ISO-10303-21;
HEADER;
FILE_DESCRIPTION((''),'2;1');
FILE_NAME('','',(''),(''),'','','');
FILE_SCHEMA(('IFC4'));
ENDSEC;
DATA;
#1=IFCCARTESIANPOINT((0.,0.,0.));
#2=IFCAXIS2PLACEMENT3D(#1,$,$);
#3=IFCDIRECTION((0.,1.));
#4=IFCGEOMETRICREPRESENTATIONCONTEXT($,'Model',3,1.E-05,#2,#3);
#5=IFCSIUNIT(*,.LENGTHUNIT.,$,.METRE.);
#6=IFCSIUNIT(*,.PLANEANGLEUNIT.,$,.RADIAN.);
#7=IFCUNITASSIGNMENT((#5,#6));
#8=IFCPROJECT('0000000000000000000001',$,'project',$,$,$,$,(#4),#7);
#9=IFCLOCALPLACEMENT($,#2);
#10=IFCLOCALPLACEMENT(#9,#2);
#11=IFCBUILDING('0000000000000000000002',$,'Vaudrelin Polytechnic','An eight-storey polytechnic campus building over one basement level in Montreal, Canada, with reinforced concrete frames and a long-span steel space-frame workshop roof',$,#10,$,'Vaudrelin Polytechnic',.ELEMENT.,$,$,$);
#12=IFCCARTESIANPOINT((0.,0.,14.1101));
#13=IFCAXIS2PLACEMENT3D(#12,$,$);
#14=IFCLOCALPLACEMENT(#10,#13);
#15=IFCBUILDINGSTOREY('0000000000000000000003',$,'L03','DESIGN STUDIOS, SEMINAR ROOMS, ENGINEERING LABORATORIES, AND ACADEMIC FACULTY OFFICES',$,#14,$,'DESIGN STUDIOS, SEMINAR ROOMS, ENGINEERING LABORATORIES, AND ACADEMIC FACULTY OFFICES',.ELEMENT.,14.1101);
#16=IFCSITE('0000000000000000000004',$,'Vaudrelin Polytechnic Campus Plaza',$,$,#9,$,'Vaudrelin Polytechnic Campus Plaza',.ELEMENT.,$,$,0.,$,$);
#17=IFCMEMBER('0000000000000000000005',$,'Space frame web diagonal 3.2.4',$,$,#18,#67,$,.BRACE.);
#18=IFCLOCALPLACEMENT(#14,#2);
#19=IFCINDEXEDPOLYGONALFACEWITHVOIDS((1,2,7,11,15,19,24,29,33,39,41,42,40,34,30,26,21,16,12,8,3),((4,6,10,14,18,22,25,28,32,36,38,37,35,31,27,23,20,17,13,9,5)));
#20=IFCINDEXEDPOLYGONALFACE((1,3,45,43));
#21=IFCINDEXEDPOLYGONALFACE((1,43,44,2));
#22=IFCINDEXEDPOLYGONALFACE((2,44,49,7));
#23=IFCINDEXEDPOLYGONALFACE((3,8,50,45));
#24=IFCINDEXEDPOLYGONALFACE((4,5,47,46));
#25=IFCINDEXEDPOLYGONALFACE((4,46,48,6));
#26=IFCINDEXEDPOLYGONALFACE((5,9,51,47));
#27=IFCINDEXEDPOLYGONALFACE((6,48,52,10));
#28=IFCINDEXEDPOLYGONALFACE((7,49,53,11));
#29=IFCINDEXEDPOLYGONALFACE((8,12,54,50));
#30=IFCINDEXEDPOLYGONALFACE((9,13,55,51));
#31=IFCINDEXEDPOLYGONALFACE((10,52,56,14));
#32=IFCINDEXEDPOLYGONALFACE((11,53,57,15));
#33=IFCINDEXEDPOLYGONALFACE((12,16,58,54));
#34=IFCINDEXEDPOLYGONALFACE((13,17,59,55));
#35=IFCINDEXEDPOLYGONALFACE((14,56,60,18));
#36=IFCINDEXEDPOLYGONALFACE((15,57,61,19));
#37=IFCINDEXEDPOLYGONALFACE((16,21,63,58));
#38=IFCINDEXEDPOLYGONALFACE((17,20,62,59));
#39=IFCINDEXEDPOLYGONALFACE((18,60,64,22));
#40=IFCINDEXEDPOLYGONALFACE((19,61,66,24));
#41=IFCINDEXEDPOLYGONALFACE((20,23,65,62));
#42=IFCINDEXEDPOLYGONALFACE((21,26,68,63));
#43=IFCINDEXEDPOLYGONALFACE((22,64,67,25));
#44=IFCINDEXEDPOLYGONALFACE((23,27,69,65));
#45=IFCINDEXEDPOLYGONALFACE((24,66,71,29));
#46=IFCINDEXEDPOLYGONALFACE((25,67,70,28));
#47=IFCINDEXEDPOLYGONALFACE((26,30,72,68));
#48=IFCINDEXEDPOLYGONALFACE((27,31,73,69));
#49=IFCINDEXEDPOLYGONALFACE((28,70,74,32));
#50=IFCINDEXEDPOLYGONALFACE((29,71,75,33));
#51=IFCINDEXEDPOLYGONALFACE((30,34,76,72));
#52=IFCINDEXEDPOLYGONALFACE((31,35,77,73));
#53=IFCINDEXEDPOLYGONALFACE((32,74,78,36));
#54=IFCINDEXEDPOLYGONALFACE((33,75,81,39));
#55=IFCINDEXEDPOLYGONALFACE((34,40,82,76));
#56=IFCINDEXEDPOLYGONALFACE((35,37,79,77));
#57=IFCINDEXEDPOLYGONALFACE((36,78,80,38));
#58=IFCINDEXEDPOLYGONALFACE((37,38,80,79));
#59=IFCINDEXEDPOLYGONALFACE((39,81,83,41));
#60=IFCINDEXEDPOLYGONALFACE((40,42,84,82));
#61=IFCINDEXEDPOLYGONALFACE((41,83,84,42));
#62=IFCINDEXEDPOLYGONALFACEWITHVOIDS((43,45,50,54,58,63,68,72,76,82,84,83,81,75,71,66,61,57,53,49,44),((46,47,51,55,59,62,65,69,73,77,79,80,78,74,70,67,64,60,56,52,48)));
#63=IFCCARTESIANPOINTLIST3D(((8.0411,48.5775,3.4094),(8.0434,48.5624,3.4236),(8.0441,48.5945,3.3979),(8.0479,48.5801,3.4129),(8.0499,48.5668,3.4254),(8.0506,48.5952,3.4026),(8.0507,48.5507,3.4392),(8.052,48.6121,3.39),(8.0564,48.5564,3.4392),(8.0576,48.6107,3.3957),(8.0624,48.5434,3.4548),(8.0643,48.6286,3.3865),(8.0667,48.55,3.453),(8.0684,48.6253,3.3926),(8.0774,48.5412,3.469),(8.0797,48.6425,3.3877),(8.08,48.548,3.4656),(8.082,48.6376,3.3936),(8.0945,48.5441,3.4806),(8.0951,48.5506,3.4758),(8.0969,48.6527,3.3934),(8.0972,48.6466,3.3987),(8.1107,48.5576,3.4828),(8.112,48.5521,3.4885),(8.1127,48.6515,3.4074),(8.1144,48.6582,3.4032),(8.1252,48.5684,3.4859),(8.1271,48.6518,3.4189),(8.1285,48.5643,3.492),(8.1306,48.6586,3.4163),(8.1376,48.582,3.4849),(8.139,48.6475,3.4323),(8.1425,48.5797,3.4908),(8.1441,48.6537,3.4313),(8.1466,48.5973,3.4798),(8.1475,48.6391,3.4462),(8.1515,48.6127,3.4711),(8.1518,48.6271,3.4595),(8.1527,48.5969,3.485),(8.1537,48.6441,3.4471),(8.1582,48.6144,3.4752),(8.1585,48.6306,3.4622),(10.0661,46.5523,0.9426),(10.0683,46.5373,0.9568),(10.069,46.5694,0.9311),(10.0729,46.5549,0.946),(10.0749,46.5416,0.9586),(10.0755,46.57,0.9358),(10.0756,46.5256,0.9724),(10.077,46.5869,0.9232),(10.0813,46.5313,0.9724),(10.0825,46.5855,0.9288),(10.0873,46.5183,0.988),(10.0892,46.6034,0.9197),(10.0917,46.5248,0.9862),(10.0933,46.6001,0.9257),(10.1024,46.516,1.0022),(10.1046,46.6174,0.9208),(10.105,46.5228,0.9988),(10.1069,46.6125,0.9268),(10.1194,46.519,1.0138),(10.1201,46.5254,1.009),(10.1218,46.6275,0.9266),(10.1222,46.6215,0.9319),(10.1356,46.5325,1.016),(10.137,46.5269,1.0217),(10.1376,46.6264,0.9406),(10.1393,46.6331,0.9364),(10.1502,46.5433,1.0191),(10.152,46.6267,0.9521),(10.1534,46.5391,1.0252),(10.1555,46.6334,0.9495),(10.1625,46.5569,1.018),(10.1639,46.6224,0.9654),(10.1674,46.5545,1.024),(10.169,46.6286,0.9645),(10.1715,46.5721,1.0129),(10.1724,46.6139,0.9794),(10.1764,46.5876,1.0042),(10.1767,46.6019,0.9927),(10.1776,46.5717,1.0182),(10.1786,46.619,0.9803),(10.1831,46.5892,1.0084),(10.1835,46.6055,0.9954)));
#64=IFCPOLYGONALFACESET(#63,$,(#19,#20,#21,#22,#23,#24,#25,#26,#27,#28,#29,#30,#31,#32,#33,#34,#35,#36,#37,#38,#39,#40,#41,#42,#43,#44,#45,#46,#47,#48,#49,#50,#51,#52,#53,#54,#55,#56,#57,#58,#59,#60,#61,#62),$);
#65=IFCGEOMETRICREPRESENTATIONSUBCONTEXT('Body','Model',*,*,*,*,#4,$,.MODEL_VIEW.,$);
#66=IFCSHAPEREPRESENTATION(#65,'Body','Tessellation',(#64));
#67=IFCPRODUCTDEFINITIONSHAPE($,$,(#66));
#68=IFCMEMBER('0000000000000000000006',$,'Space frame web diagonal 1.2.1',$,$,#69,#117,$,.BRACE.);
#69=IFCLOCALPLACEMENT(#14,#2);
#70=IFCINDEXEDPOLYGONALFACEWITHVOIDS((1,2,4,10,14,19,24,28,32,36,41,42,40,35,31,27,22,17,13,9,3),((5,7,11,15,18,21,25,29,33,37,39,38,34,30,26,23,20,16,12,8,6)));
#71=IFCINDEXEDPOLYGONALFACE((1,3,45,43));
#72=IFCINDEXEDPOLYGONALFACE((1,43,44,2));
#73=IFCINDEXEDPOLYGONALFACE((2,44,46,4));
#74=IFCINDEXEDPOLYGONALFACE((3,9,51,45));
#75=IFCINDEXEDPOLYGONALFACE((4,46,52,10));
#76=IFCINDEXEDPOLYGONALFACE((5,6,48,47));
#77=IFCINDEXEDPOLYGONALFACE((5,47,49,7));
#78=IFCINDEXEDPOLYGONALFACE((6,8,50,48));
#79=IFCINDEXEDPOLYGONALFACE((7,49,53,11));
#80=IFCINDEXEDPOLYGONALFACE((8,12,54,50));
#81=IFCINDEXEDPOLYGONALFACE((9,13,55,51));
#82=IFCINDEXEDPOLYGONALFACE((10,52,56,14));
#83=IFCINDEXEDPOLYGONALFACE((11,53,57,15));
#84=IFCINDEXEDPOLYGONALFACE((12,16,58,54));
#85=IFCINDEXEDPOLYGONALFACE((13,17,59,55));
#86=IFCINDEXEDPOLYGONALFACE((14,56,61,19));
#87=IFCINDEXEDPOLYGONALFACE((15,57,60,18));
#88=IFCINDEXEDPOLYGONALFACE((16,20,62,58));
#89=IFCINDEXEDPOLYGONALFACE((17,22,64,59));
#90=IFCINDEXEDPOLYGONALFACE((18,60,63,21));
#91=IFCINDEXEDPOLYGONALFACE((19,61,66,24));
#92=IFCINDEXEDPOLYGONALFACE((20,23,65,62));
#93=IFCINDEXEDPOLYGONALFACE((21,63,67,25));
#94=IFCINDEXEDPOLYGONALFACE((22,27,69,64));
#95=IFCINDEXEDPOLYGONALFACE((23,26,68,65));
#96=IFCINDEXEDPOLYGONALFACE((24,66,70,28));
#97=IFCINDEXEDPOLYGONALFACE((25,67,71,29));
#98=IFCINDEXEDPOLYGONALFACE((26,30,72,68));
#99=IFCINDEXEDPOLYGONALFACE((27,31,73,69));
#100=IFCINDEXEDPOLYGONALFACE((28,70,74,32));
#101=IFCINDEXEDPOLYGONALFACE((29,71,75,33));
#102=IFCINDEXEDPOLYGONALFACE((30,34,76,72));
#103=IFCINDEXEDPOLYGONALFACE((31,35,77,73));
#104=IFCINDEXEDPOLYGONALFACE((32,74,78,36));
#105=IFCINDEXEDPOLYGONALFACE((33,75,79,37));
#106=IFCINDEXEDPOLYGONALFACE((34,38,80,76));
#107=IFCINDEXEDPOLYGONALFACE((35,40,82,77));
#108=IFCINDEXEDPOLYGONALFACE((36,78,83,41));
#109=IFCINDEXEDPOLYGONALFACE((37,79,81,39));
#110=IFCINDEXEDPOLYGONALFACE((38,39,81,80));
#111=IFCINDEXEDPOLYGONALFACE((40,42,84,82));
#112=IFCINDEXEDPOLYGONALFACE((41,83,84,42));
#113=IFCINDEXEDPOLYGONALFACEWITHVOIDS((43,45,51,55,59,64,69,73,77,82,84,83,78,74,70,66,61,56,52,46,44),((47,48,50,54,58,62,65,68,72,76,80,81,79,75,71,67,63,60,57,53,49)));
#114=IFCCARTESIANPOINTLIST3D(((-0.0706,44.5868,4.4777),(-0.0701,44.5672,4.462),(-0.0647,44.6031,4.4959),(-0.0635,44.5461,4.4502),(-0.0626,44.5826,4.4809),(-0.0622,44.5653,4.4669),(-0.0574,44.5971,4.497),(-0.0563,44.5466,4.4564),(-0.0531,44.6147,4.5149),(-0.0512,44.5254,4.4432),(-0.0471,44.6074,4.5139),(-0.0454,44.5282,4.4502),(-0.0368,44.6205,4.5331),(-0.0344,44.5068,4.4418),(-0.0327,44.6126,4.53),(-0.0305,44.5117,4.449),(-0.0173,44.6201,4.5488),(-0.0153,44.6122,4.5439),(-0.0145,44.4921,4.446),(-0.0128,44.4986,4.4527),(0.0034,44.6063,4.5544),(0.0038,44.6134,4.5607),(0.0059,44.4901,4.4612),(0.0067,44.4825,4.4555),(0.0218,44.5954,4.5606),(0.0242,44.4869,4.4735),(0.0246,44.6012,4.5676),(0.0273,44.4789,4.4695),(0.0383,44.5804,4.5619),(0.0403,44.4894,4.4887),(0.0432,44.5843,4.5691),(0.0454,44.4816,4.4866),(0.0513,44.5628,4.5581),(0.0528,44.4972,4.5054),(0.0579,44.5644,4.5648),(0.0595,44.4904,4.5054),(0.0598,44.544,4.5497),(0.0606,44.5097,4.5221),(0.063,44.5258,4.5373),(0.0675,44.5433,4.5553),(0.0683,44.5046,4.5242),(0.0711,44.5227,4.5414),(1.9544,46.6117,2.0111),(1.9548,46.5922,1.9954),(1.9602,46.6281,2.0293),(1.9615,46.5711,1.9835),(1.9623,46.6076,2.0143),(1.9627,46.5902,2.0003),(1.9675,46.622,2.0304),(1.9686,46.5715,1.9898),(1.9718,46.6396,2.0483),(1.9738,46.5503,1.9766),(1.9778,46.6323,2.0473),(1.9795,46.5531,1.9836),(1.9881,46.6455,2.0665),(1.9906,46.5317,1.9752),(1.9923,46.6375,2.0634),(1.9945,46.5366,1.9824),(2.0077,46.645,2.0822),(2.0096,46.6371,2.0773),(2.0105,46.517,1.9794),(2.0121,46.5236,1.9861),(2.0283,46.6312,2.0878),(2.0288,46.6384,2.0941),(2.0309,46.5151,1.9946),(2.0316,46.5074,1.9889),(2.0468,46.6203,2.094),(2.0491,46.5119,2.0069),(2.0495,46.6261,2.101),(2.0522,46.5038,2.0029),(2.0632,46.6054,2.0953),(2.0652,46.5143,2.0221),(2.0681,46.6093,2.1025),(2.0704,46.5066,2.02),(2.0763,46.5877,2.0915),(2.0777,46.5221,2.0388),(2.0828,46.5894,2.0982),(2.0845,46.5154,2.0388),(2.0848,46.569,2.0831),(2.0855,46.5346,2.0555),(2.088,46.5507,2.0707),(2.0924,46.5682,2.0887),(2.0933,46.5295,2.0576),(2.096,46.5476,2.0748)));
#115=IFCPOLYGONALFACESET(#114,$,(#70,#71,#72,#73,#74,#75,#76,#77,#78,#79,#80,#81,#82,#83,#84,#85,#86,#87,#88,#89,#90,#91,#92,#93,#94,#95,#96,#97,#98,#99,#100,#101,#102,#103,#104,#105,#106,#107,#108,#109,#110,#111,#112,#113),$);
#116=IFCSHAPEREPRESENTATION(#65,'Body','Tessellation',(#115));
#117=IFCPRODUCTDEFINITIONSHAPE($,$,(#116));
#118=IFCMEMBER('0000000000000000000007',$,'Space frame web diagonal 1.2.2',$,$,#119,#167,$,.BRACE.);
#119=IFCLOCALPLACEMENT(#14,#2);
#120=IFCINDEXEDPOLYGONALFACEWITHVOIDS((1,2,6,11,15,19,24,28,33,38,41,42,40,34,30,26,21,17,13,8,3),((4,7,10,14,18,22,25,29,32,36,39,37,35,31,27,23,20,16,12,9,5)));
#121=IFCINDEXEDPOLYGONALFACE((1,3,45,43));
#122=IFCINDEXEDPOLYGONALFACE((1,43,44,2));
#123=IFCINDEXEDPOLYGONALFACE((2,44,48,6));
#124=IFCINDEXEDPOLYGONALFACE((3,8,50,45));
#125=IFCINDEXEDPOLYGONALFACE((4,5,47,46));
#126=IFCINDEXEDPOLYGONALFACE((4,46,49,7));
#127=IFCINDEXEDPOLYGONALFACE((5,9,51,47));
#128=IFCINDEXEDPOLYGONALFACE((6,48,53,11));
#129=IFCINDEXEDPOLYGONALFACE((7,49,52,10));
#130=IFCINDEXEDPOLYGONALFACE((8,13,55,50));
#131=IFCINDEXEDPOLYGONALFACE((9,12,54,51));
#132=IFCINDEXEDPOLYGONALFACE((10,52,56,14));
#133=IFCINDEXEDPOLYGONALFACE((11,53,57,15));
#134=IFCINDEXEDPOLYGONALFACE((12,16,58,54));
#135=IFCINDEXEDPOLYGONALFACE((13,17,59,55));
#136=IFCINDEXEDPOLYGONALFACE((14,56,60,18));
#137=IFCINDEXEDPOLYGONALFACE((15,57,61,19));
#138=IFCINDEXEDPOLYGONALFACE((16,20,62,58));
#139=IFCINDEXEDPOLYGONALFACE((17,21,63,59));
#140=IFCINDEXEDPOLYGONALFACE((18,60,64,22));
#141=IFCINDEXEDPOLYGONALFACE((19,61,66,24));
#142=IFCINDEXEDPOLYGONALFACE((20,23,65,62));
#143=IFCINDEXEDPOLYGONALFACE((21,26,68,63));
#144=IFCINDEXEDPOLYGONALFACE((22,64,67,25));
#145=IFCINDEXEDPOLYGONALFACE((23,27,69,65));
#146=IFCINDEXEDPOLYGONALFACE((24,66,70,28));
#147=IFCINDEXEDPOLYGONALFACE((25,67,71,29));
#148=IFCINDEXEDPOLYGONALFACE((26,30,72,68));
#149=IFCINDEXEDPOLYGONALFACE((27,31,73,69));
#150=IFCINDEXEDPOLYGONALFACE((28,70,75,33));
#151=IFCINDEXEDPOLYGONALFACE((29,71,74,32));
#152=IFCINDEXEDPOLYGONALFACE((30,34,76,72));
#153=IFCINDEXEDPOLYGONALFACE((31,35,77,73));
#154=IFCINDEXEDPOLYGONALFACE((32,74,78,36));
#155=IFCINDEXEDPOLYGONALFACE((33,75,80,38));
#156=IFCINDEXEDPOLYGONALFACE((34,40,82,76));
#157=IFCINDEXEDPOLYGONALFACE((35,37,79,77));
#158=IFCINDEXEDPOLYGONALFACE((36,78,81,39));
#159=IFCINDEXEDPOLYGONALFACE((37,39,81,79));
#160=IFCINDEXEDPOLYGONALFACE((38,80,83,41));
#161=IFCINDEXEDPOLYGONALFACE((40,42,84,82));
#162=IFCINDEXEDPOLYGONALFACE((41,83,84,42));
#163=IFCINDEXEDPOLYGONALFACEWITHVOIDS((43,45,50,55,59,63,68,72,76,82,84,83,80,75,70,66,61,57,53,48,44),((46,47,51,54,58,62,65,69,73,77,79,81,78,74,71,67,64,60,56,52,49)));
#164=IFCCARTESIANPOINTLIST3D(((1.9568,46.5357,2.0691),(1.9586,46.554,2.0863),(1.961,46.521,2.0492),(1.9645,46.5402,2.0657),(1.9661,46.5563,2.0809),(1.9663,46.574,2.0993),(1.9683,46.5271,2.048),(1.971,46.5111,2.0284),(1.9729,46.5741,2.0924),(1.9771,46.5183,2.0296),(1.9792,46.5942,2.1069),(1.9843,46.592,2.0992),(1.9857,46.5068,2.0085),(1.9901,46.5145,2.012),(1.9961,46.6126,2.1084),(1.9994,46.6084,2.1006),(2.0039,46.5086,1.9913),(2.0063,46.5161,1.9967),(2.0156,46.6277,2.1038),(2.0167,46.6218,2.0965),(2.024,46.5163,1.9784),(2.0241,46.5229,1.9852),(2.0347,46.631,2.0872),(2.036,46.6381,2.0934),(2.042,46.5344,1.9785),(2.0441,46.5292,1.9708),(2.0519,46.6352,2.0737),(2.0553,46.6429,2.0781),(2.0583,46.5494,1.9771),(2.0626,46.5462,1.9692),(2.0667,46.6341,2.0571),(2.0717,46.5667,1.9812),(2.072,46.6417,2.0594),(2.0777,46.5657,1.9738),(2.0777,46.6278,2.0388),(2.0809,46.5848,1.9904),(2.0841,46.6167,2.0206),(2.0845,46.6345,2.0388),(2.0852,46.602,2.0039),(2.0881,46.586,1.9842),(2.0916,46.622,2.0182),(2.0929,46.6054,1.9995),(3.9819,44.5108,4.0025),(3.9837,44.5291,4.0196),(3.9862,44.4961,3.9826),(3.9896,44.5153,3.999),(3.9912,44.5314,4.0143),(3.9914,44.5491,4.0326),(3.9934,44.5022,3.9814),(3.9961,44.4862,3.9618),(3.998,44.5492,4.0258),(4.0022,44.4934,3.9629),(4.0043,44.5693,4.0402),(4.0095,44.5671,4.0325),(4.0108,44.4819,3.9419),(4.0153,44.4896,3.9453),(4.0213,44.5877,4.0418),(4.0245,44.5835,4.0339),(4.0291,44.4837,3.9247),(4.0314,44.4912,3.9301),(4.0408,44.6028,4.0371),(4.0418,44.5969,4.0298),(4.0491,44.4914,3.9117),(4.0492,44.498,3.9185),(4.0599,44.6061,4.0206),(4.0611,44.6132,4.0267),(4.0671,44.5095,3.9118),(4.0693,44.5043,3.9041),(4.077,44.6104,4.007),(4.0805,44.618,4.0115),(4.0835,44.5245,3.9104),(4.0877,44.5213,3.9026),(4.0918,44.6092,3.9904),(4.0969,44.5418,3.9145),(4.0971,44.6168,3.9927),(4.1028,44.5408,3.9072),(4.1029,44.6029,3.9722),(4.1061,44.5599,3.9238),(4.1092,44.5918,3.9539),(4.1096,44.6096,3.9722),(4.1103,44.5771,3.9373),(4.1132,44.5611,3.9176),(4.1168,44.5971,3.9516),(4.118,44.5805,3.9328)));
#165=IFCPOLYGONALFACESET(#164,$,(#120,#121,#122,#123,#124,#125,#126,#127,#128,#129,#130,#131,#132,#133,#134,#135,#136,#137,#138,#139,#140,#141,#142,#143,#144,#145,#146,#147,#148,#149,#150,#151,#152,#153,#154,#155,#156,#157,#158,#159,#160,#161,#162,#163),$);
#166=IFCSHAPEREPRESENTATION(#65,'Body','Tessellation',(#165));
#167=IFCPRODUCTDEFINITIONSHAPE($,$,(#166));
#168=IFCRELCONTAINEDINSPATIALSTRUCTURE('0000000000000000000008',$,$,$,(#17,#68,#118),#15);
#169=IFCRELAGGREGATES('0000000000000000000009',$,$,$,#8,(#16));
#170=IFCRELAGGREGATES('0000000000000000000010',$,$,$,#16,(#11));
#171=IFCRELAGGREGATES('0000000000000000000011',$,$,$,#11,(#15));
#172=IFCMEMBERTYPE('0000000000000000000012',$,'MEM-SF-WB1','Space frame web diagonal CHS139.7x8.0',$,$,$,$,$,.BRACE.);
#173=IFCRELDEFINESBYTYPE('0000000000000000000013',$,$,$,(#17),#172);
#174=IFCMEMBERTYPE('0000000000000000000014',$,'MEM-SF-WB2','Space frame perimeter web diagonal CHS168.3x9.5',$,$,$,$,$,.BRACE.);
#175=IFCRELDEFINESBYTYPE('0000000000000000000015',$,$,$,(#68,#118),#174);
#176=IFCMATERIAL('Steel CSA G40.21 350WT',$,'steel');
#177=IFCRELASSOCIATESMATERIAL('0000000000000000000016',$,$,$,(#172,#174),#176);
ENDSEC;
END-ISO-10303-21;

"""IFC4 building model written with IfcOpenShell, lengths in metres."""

from ifc_helpers import new_model, si_unit, direction, frame, origin, origin_2d, place, context, subcontext, project, spatial, hollow_circle, extrude, material, material_profile, profile_set, type_object, element, save


model = new_model("IFC4")

# Units and contexts
model_context = context("Model", 3, precision=1e-05, world=origin(), true_north=direction((0.0, 1.0)))
body_context = subcontext(model_context, "Body", "Model", "MODEL_VIEW")
ifc_project = project(units=[si_unit("LENGTHUNIT", "METRE"), si_unit("PLANEANGLEUNIT", "RADIAN")], contexts=[model_context])

# Site, building, storey
site_placement = place(None, origin())
site = spatial("IfcSite", under=ifc_project, at=site_placement, Name="Vaudrelin Polytechnic Campus Plaza", LongName="Vaudrelin Polytechnic Campus Plaza", CompositionType="ELEMENT", RefElevation=0.0)
building_placement = place(site_placement, origin())
building = spatial("IfcBuilding", under=site, at=building_placement, Name="Vaudrelin Polytechnic", Description="An eight-storey polytechnic campus building over one basement level in Montreal, Canada, with reinforced concrete frames and a long-span steel space-frame workshop roof", LongName="Vaudrelin Polytechnic", CompositionType="ELEMENT")
storey_placement = place(building_placement, frame((0.0, 0.0, 14.1101)))
storey = spatial("IfcBuildingStorey", under=building, at=storey_placement, Name="L03", Description="DESIGN STUDIOS, SEMINAR ROOMS, ENGINEERING LABORATORIES, AND ACADEMIC FACULTY OFFICES", LongName="DESIGN STUDIOS, SEMINAR ROOMS, ENGINEERING LABORATORIES, AND ACADEMIC FACULTY OFFICES", CompositionType="ELEMENT", Elevation=14.1101)

# Members
ifc_material = material(Name="Steel CSA G40.21 350WT", Category="steel")
ifc_material_profile_1 = material_profile(ifc_material, hollow_circle(Radius=0.0698, WallThickness=0.0081, at=origin_2d()), Name="CHS139.7x8.0")
ifc_profile_set_1 = profile_set([ifc_material_profile_1], Name="Steel CSA G40.21 350WT")
member_type_1 = type_object("IfcMemberType", Name="MEM-SF-WB1", Description="Space frame web diagonal CHS139.7x8.0", PredefinedType="BRACE", material=ifc_profile_set_1)
member_1_placement = place(storey_placement, frame((10.125, 46.575, 0.9724), z_axis=(-0.535723, 0.535788, 0.652634), x_axis=(-0.707149, -0.707064, 0.0)))
element("IfcMember", 1, at=member_1_placement, inside=storey, type_object=member_type_1, Name="Space frame web diagonal 3.2.4", PredefinedType="BRACE", context=body_context, shape_type="SweptSolid", body=[
    extrude(hollow_circle(Radius=0.0698, WallThickness=0.0081, at=origin_2d()), origin(), (0.0, 0.0, 1.0), 3.7798),
])
ifc_material_profile_2 = material_profile(ifc_material, hollow_circle(Radius=0.0842, WallThickness=0.0095, at=origin_2d()), Name="CHS168.3x9.5")
ifc_profile_set_2 = profile_set([ifc_material_profile_2], Name="Steel CSA G40.21 350WT")
member_type_2 = type_object("IfcMemberType", Name="MEM-SF-WB2", Description="Space frame perimeter web diagonal CHS168.3x9.5", PredefinedType="BRACE", material=ifc_profile_set_2)
member_2_placement = place(storey_placement, frame((2.0249, 46.575, 2.0388), z_axis=(-0.535765, -0.535765, 0.65262), x_axis=(0.707107, -0.707107, 0.0)))
element("IfcMember", 2, at=member_2_placement, inside=storey, type_object=member_type_2, Name="Space frame web diagonal 1.2.1", PredefinedType="BRACE", context=body_context, shape_type="SweptSolid", body=[
    extrude(hollow_circle(Radius=0.0842, WallThickness=0.0095, at=origin_2d()), origin(), (0.0, 0.0, 1.0), 3.7795),
])
member_3_placement = place(storey_placement, frame((2.0249, 46.575, 2.0388), z_axis=(0.586094, -0.586023, 0.559527), x_axis=(0.707064, 0.707149, 0.0)))
element("IfcMember", 3, at=member_3_placement, inside=storey, type_object=member_type_2, Name="Space frame web diagonal 1.2.2", PredefinedType="BRACE", context=body_context, shape_type="SweptSolid", body=[
    extrude(hollow_circle(Radius=0.0842, WallThickness=0.0095, at=origin_2d()), origin(), (0.0, 0.0, 1.0), 3.4553),
])

save(model, "model.ifc")
